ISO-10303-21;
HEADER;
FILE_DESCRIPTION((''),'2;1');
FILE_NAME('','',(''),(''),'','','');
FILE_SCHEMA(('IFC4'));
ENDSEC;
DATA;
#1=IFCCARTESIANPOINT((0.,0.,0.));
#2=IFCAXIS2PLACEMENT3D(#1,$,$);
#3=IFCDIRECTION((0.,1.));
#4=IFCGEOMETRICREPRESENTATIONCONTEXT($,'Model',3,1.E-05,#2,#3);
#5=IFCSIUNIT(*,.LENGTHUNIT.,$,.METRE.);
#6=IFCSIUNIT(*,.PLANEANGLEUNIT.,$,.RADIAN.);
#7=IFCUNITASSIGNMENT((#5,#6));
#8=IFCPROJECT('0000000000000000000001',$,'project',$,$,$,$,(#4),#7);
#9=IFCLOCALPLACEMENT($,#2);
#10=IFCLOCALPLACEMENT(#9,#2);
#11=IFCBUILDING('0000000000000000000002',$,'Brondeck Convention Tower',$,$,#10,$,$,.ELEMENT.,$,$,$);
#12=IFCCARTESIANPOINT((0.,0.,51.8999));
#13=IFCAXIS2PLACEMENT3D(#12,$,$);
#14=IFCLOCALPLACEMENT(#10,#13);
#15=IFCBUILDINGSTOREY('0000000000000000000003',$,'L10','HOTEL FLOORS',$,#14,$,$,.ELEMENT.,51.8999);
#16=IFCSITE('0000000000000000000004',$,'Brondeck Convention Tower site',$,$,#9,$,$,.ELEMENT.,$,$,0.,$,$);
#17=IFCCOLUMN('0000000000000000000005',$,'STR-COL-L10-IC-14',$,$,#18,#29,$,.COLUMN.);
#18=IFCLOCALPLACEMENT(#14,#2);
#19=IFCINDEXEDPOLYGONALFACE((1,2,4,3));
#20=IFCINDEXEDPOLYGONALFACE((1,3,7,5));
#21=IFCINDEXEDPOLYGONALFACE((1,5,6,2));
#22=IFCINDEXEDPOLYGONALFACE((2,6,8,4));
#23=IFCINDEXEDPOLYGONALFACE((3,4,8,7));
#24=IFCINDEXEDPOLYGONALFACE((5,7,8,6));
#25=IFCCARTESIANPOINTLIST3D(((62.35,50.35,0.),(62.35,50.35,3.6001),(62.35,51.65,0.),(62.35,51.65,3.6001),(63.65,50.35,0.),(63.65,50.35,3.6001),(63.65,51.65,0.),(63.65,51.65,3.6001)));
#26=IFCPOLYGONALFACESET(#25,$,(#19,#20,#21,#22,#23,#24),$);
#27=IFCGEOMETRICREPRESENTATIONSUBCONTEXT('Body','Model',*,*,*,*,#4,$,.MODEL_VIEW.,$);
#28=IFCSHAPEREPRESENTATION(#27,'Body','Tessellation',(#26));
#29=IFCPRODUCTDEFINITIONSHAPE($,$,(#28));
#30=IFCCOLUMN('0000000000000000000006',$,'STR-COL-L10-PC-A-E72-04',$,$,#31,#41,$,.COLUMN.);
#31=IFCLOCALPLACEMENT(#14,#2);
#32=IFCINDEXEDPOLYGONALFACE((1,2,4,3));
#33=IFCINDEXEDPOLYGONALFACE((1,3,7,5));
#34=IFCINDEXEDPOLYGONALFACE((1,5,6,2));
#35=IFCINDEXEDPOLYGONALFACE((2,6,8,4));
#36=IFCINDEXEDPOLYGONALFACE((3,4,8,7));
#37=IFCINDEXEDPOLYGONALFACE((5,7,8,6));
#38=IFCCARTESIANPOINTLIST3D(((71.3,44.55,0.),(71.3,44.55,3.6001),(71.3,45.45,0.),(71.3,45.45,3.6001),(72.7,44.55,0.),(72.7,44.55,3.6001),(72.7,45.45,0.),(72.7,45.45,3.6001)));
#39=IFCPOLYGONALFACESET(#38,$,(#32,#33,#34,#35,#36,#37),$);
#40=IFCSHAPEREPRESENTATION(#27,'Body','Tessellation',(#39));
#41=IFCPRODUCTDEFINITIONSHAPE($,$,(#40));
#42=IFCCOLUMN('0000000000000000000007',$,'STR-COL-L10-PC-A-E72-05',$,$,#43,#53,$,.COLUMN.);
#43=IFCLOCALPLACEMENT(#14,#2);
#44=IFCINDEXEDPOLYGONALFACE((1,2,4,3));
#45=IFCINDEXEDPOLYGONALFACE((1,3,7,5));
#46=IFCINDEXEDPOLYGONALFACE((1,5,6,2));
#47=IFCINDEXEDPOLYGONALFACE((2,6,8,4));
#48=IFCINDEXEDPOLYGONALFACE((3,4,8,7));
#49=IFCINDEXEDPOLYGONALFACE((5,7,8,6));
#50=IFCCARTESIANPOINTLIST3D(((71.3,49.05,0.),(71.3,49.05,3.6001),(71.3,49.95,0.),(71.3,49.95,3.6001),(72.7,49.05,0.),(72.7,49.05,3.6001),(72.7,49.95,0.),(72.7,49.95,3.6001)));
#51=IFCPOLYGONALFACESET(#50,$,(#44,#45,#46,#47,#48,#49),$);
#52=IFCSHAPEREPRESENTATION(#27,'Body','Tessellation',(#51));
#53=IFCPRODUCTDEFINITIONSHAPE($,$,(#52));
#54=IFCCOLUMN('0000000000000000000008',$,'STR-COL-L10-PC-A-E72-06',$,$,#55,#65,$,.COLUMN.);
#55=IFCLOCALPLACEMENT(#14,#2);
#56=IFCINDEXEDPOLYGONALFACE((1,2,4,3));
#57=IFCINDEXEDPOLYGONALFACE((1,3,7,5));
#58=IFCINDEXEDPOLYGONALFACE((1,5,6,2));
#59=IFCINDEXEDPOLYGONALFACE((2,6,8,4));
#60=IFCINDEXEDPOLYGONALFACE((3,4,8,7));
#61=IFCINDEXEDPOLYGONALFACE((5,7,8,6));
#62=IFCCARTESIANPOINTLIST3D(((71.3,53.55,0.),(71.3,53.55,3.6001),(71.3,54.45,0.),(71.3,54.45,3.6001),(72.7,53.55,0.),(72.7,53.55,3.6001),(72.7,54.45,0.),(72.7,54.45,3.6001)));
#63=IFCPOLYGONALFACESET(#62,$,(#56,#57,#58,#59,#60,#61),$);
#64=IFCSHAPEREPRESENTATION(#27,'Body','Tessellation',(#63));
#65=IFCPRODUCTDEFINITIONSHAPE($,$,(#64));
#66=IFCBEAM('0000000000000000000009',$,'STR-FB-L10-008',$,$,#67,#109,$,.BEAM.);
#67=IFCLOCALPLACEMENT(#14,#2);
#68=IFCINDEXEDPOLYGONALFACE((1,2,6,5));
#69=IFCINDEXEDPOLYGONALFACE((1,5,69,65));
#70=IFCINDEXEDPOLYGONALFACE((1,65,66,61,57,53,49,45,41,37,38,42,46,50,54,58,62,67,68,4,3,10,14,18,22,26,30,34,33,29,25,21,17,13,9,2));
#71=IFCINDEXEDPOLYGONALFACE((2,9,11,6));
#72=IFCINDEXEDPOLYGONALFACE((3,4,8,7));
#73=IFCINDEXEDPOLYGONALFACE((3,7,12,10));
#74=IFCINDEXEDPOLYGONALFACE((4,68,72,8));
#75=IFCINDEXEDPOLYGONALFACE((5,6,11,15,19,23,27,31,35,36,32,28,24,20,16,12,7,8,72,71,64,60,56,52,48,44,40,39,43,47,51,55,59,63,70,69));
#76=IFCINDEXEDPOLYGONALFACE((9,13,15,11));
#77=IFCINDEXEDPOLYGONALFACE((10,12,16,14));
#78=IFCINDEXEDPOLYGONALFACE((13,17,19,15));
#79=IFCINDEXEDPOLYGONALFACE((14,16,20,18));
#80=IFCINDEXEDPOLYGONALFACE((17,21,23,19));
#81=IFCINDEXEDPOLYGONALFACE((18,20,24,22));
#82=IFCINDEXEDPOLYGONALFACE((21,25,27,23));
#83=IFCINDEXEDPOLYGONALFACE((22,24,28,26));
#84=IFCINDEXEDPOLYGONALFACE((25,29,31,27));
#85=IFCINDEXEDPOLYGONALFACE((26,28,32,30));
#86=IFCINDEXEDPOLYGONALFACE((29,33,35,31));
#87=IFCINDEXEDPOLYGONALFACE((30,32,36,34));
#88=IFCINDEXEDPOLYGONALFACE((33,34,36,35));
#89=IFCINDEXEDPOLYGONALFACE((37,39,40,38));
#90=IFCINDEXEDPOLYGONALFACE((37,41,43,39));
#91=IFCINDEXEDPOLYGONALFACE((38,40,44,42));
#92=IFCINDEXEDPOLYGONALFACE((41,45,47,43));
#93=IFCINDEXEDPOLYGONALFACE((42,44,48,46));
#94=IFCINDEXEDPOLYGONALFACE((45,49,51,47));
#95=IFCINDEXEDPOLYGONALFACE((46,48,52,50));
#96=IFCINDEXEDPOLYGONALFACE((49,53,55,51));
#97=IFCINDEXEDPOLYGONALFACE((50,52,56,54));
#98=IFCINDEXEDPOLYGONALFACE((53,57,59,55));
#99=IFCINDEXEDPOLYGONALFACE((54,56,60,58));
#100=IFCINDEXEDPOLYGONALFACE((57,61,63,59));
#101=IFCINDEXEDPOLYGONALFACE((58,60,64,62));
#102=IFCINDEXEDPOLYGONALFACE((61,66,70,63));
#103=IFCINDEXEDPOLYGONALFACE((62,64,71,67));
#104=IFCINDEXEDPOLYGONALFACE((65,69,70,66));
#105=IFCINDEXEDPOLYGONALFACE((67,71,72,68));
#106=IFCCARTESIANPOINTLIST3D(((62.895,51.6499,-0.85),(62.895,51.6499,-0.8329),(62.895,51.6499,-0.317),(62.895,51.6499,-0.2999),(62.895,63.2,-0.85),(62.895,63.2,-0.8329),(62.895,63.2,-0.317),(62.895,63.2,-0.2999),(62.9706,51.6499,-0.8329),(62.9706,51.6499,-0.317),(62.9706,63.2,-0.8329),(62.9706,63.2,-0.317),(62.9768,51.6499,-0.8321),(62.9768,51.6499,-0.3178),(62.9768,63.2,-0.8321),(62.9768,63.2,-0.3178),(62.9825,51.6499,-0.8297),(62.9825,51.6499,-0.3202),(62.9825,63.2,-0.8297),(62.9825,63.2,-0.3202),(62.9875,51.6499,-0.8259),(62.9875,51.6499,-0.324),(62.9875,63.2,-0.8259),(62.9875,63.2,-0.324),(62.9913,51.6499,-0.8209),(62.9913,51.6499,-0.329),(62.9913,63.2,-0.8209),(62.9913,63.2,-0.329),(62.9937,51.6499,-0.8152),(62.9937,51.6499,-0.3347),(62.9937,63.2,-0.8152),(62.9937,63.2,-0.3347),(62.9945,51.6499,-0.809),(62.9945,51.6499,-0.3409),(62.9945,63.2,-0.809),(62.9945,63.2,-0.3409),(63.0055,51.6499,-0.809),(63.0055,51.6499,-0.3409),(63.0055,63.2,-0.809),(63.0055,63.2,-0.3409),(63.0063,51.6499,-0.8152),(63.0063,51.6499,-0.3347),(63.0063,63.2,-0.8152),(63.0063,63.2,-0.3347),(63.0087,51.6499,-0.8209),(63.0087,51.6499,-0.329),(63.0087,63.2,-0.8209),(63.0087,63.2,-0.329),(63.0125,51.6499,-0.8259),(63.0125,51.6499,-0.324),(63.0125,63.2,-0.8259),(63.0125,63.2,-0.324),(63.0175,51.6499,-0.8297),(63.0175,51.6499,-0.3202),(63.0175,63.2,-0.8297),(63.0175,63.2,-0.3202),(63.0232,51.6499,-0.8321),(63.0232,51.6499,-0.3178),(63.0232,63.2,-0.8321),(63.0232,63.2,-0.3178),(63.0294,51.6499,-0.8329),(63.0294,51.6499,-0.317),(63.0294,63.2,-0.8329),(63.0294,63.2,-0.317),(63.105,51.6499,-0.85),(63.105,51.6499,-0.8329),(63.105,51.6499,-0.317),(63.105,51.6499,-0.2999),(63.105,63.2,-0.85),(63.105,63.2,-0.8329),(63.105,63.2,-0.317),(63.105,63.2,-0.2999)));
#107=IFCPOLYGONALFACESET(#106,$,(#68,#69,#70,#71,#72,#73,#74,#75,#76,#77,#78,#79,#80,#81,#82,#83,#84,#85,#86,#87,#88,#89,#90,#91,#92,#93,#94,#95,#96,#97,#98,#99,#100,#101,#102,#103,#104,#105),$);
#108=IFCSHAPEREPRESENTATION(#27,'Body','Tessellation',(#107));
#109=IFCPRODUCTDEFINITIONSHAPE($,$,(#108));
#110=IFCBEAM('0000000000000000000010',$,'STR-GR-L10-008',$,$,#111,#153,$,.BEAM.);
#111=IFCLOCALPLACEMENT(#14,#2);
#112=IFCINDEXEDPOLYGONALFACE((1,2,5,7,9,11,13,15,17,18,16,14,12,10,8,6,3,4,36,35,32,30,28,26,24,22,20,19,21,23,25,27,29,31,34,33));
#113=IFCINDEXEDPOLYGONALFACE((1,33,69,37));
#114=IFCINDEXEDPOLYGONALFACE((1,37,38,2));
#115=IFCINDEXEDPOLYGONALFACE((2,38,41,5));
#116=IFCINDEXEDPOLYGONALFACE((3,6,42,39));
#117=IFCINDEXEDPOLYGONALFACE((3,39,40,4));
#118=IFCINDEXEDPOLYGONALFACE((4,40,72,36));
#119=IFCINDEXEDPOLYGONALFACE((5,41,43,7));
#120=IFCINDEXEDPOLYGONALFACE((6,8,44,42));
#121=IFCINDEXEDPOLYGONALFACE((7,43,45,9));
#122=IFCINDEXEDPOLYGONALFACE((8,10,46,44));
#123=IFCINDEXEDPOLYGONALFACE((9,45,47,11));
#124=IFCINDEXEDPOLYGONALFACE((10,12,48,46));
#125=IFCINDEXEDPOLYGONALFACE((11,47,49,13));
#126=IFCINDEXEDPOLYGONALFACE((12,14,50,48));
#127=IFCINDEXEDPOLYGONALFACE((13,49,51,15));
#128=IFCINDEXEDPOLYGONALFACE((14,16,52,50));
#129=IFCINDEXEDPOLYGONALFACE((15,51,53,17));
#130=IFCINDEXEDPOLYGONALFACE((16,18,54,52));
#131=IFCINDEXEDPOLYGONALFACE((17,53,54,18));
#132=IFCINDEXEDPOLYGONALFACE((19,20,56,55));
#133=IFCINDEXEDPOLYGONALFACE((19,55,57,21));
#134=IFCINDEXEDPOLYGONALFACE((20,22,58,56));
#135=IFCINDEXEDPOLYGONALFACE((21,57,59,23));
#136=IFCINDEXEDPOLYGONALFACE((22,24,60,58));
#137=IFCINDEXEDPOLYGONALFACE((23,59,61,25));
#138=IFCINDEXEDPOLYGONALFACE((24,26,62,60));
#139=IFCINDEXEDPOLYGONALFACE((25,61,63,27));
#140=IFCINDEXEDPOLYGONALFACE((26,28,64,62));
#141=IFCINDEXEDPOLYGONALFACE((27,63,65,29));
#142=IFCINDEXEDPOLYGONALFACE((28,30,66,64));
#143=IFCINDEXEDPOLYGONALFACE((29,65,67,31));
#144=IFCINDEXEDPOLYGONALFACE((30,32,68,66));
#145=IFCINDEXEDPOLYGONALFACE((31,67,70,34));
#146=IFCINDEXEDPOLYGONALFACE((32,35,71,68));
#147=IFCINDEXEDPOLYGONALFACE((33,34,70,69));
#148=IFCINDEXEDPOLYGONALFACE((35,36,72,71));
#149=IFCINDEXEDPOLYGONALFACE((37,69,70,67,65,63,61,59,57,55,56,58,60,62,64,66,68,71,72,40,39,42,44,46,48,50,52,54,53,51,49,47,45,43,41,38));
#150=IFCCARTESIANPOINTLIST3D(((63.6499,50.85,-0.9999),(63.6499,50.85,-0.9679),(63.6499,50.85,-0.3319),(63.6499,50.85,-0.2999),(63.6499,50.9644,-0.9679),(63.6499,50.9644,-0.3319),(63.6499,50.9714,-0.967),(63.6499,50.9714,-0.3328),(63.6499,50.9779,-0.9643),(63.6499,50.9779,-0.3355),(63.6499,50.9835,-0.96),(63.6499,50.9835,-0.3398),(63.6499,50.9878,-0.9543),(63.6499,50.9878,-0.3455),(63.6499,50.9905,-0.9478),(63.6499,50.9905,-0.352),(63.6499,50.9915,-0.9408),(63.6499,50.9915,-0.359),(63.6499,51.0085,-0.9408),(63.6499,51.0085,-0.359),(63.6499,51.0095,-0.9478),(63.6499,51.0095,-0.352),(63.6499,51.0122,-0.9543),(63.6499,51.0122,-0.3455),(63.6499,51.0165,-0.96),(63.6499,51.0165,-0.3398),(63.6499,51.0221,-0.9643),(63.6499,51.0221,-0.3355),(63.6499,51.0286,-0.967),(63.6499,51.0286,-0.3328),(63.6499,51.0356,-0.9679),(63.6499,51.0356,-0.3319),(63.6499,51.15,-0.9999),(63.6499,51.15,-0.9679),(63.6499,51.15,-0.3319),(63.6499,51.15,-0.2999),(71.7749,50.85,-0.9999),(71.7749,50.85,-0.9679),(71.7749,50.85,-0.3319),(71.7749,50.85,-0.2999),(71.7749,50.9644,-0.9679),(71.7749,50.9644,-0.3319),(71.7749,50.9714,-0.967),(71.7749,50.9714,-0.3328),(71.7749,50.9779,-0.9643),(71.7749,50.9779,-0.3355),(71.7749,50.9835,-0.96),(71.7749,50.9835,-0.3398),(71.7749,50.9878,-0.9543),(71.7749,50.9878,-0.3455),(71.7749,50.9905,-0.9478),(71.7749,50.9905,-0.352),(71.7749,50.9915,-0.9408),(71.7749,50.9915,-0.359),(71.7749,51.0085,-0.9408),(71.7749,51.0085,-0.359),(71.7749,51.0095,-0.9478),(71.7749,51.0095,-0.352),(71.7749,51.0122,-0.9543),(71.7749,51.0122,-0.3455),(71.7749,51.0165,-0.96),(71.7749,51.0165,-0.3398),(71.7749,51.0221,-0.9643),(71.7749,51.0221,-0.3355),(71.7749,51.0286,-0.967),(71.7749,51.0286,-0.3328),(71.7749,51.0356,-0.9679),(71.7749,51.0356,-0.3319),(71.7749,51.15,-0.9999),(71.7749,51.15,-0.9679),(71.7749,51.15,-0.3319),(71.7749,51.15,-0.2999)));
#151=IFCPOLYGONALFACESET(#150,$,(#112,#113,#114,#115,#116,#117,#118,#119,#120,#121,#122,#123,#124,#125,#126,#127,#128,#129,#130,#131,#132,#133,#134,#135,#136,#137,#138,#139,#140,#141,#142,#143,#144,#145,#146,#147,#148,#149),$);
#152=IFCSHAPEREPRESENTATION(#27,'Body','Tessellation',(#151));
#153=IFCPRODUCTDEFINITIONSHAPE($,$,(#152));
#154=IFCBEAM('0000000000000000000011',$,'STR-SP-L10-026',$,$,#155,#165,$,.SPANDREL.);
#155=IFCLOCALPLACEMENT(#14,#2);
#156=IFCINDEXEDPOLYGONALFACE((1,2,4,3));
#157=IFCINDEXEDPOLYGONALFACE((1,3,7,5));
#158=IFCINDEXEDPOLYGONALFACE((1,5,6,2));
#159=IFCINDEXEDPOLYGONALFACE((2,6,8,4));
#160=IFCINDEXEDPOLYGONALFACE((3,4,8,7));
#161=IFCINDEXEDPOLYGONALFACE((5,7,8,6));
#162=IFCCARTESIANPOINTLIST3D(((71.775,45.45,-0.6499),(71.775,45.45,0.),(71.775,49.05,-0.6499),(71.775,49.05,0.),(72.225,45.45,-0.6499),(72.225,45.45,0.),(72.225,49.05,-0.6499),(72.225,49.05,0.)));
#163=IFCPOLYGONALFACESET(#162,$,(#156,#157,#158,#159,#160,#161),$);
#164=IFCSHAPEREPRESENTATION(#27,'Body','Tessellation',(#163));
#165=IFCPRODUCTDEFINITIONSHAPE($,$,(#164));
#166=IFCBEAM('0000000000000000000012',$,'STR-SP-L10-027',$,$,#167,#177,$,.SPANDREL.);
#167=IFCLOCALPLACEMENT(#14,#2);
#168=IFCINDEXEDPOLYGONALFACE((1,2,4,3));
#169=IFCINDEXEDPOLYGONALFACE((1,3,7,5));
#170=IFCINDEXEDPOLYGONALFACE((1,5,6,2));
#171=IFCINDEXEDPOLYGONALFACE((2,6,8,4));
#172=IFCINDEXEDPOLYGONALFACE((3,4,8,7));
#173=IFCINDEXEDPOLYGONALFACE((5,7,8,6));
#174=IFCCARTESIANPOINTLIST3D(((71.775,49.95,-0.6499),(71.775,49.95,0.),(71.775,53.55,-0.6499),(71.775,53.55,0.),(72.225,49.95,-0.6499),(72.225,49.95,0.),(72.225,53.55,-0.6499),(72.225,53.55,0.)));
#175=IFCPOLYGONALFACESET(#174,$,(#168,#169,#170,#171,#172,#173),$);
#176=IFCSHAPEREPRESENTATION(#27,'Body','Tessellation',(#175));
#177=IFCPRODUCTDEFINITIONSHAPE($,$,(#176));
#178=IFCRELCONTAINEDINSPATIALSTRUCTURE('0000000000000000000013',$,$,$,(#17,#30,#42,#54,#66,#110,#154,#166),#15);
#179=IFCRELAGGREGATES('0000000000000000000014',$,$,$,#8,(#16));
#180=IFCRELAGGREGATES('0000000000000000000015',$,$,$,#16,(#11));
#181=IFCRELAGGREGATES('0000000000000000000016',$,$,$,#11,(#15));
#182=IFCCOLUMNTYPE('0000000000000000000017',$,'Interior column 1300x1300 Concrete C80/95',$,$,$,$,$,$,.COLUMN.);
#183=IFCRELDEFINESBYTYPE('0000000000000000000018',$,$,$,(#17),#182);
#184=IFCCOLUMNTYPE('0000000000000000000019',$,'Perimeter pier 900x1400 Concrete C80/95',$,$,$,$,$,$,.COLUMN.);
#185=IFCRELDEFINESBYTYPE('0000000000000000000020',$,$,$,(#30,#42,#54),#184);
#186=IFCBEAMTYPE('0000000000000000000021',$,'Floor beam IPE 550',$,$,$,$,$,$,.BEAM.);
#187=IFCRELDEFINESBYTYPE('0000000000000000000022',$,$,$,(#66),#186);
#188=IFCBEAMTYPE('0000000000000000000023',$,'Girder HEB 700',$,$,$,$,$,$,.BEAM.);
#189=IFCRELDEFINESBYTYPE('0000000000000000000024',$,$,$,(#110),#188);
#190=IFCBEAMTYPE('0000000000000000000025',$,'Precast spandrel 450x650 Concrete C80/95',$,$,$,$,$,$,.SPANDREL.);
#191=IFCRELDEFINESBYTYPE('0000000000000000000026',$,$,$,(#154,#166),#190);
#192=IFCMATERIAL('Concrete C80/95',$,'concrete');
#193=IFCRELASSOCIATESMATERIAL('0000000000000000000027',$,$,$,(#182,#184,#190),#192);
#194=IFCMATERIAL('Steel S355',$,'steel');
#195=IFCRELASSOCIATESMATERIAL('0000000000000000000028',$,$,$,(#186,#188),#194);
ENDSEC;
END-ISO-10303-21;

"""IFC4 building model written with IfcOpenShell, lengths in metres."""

from ifc_helpers import new_model, si_unit, direction, frame, origin, origin_2d, place, context, subcontext, project, spatial, rectangle, i_section, extrude, material, material_profile, profile_set, type_object, element, save


model = new_model("IFC4")

# Units and contexts
model_context = context("Model", 3, precision=1e-05, world=origin(), true_north=direction((0.0, 1.0)))
body_context = subcontext(model_context, "Body", "Model", "MODEL_VIEW")
ifc_project = project(units=[si_unit("LENGTHUNIT", "METRE"), si_unit("PLANEANGLEUNIT", "RADIAN")], contexts=[model_context])

# Site, building, storey
site_placement = place(None, origin())
site = spatial("IfcSite", under=ifc_project, at=site_placement, Name="Brondeck Convention Tower site", CompositionType="ELEMENT", RefElevation=0.0)
building_placement = place(site_placement, origin())
building = spatial("IfcBuilding", under=site, at=building_placement, Name="Brondeck Convention Tower", CompositionType="ELEMENT")
storey_placement = place(building_placement, frame((0.0, 0.0, 51.8999)))
storey = spatial("IfcBuildingStorey", under=building, at=storey_placement, Name="L10", Description="HOTEL FLOORS", CompositionType="ELEMENT", Elevation=51.8999)

# Columns
ifc_material_1 = material(Name="Concrete C80/95", Category="concrete")
ifc_material_profile_1 = material_profile(ifc_material_1, rectangle(XDim=1.3, YDim=1.3, at=origin_2d()), Name="Interior column 1300x1300 Concrete C80/95")
ifc_profile_set_1 = profile_set([ifc_material_profile_1], Name="Concrete C80/95")
column_type_1 = type_object("IfcColumnType", Name="Interior column 1300x1300 Concrete C80/95", PredefinedType="COLUMN", material=ifc_profile_set_1)
column_placement = place(storey_placement, frame((63.0, 51.0, 0.0), z_axis=(0.0, 0.0, 1.0), x_axis=(1.0, 0.0, 0.0)))
element("IfcColumn", 1, at=column_placement, inside=storey, type_object=column_type_1, Name="STR-COL-L10-IC-14", PredefinedType="COLUMN", context=body_context, shape_type="SweptSolid", body=[
    extrude(rectangle(XDim=1.3, YDim=1.3, at=origin_2d()), origin(), (0.0, 0.0, 1.0), 3.6001),
])
ifc_material_profile_2 = material_profile(ifc_material_1, rectangle(XDim=0.8999, YDim=1.3999, at=origin_2d()), Name="Perimeter pier 900x1400 Concrete C80/95")
ifc_profile_set_2 = profile_set([ifc_material_profile_2], Name="Concrete C80/95")
column_type_2 = type_object("IfcColumnType", Name="Perimeter pier 900x1400 Concrete C80/95", PredefinedType="COLUMN", material=ifc_profile_set_2)
for number, where, z_axis, x_axis, name in (
    (2, (72.0, 45.0, 0.0), (0.0, 0.0, 1.0), (0.0, 1.0, 0.0), "STR-COL-L10-PC-A-E72-04"),
    (3, (72.0, 49.5, 0.0), (0.0, 0.0, 1.0), (0.0, 1.0, 0.0), "STR-COL-L10-PC-A-E72-05"),
    (4, (72.0, 54.0, 0.0), (0.0, 0.0, 1.0), (0.0, 1.0, 0.0), "STR-COL-L10-PC-A-E72-06"),
):
    element("IfcColumn", number, at=place(storey_placement, frame(where, z_axis=z_axis, x_axis=x_axis)), inside=storey, type_object=column_type_2, Name=name, PredefinedType="COLUMN", context=body_context, shape_type="SweptSolid", body=[
        extrude(rectangle(XDim=0.8999, YDim=1.3999, at=origin_2d()), origin(), (0.0, 0.0, 1.0), 3.6001),
    ])

# Beams
ifc_material_2 = material(Name="Steel S355", Category="steel")
ifc_material_profile_3 = material_profile(ifc_material_2, i_section(OverallWidth=0.21, OverallDepth=0.55, WebThickness=0.011, FlangeThickness=0.0171, FilletRadius=0.0239, at=origin_2d()), Name="IPE 550")
ifc_profile_set_3 = profile_set([ifc_material_profile_3], Name="Steel S355")
beam_type_1 = type_object("IfcBeamType", Name="Floor beam IPE 550", PredefinedType="BEAM", material=ifc_profile_set_3)
beam_1_placement = place(storey_placement, frame((63.0, 51.6499, -0.575), z_axis=(0.0, 1.0, 0.0), x_axis=(-1.0, 0.0, 0.0)))
element("IfcBeam", 5, at=beam_1_placement, inside=storey, type_object=beam_type_1, Name="STR-FB-L10-008", PredefinedType="BEAM", context=body_context, shape_type="SweptSolid", body=[
    extrude(i_section(OverallWidth=0.21, OverallDepth=0.55, WebThickness=0.011, FlangeThickness=0.0171, FilletRadius=0.0239, at=origin_2d()), origin(), (0.0, 0.0, 1.0), 11.55),
])
ifc_material_profile_4 = material_profile(ifc_material_2, i_section(OverallWidth=0.3, OverallDepth=0.7, WebThickness=0.0171, FlangeThickness=0.032, FilletRadius=0.0271, at=origin_2d()), Name="HEB 700")
ifc_profile_set_4 = profile_set([ifc_material_profile_4], Name="Steel S355")
beam_type_2 = type_object("IfcBeamType", Name="Girder HEB 700", PredefinedType="BEAM", material=ifc_profile_set_4)
beam_2_placement = place(storey_placement, frame((63.6499, 51.0, -0.6499), z_axis=(1.0, 0.0, 0.0), x_axis=(0.0, 1.0, 0.0)))
element("IfcBeam", 6, at=beam_2_placement, inside=storey, type_object=beam_type_2, Name="STR-GR-L10-008", PredefinedType="BEAM", context=body_context, shape_type="SweptSolid", body=[
    extrude(i_section(OverallWidth=0.3, OverallDepth=0.7, WebThickness=0.0171, FlangeThickness=0.032, FilletRadius=0.0271, at=origin_2d()), origin(), (0.0, 0.0, 1.0), 8.125),
])
ifc_material_profile_5 = material_profile(ifc_material_1, rectangle(XDim=0.45, YDim=0.6499, at=origin_2d()), Name="Precast spandrel 450x650 Concrete C80/95")
ifc_profile_set_5 = profile_set([ifc_material_profile_5], Name="Concrete C80/95")
beam_type_3 = type_object("IfcBeamType", Name="Precast spandrel 450x650 Concrete C80/95", PredefinedType="SPANDREL", material=ifc_profile_set_5)
for number, where, z_axis, x_axis, name in (
    (7, (72.0, 45.45, -0.325), (0.0, 1.0, 0.0), (-1.0, 0.0, 0.0), "STR-SP-L10-026"),
    (8, (72.0, 49.95, -0.325), (0.0, 1.0, 0.0), (-1.0, 0.0, 0.0), "STR-SP-L10-027"),
):
    element("IfcBeam", number, at=place(storey_placement, frame(where, z_axis=z_axis, x_axis=x_axis)), inside=storey, type_object=beam_type_3, Name=name, PredefinedType="SPANDREL", context=body_context, shape_type="SweptSolid", body=[
        extrude(rectangle(XDim=0.45, YDim=0.6499, at=origin_2d()), origin(), (0.0, 0.0, 1.0), 3.6001),
    ])

save(model, "model.ifc")
